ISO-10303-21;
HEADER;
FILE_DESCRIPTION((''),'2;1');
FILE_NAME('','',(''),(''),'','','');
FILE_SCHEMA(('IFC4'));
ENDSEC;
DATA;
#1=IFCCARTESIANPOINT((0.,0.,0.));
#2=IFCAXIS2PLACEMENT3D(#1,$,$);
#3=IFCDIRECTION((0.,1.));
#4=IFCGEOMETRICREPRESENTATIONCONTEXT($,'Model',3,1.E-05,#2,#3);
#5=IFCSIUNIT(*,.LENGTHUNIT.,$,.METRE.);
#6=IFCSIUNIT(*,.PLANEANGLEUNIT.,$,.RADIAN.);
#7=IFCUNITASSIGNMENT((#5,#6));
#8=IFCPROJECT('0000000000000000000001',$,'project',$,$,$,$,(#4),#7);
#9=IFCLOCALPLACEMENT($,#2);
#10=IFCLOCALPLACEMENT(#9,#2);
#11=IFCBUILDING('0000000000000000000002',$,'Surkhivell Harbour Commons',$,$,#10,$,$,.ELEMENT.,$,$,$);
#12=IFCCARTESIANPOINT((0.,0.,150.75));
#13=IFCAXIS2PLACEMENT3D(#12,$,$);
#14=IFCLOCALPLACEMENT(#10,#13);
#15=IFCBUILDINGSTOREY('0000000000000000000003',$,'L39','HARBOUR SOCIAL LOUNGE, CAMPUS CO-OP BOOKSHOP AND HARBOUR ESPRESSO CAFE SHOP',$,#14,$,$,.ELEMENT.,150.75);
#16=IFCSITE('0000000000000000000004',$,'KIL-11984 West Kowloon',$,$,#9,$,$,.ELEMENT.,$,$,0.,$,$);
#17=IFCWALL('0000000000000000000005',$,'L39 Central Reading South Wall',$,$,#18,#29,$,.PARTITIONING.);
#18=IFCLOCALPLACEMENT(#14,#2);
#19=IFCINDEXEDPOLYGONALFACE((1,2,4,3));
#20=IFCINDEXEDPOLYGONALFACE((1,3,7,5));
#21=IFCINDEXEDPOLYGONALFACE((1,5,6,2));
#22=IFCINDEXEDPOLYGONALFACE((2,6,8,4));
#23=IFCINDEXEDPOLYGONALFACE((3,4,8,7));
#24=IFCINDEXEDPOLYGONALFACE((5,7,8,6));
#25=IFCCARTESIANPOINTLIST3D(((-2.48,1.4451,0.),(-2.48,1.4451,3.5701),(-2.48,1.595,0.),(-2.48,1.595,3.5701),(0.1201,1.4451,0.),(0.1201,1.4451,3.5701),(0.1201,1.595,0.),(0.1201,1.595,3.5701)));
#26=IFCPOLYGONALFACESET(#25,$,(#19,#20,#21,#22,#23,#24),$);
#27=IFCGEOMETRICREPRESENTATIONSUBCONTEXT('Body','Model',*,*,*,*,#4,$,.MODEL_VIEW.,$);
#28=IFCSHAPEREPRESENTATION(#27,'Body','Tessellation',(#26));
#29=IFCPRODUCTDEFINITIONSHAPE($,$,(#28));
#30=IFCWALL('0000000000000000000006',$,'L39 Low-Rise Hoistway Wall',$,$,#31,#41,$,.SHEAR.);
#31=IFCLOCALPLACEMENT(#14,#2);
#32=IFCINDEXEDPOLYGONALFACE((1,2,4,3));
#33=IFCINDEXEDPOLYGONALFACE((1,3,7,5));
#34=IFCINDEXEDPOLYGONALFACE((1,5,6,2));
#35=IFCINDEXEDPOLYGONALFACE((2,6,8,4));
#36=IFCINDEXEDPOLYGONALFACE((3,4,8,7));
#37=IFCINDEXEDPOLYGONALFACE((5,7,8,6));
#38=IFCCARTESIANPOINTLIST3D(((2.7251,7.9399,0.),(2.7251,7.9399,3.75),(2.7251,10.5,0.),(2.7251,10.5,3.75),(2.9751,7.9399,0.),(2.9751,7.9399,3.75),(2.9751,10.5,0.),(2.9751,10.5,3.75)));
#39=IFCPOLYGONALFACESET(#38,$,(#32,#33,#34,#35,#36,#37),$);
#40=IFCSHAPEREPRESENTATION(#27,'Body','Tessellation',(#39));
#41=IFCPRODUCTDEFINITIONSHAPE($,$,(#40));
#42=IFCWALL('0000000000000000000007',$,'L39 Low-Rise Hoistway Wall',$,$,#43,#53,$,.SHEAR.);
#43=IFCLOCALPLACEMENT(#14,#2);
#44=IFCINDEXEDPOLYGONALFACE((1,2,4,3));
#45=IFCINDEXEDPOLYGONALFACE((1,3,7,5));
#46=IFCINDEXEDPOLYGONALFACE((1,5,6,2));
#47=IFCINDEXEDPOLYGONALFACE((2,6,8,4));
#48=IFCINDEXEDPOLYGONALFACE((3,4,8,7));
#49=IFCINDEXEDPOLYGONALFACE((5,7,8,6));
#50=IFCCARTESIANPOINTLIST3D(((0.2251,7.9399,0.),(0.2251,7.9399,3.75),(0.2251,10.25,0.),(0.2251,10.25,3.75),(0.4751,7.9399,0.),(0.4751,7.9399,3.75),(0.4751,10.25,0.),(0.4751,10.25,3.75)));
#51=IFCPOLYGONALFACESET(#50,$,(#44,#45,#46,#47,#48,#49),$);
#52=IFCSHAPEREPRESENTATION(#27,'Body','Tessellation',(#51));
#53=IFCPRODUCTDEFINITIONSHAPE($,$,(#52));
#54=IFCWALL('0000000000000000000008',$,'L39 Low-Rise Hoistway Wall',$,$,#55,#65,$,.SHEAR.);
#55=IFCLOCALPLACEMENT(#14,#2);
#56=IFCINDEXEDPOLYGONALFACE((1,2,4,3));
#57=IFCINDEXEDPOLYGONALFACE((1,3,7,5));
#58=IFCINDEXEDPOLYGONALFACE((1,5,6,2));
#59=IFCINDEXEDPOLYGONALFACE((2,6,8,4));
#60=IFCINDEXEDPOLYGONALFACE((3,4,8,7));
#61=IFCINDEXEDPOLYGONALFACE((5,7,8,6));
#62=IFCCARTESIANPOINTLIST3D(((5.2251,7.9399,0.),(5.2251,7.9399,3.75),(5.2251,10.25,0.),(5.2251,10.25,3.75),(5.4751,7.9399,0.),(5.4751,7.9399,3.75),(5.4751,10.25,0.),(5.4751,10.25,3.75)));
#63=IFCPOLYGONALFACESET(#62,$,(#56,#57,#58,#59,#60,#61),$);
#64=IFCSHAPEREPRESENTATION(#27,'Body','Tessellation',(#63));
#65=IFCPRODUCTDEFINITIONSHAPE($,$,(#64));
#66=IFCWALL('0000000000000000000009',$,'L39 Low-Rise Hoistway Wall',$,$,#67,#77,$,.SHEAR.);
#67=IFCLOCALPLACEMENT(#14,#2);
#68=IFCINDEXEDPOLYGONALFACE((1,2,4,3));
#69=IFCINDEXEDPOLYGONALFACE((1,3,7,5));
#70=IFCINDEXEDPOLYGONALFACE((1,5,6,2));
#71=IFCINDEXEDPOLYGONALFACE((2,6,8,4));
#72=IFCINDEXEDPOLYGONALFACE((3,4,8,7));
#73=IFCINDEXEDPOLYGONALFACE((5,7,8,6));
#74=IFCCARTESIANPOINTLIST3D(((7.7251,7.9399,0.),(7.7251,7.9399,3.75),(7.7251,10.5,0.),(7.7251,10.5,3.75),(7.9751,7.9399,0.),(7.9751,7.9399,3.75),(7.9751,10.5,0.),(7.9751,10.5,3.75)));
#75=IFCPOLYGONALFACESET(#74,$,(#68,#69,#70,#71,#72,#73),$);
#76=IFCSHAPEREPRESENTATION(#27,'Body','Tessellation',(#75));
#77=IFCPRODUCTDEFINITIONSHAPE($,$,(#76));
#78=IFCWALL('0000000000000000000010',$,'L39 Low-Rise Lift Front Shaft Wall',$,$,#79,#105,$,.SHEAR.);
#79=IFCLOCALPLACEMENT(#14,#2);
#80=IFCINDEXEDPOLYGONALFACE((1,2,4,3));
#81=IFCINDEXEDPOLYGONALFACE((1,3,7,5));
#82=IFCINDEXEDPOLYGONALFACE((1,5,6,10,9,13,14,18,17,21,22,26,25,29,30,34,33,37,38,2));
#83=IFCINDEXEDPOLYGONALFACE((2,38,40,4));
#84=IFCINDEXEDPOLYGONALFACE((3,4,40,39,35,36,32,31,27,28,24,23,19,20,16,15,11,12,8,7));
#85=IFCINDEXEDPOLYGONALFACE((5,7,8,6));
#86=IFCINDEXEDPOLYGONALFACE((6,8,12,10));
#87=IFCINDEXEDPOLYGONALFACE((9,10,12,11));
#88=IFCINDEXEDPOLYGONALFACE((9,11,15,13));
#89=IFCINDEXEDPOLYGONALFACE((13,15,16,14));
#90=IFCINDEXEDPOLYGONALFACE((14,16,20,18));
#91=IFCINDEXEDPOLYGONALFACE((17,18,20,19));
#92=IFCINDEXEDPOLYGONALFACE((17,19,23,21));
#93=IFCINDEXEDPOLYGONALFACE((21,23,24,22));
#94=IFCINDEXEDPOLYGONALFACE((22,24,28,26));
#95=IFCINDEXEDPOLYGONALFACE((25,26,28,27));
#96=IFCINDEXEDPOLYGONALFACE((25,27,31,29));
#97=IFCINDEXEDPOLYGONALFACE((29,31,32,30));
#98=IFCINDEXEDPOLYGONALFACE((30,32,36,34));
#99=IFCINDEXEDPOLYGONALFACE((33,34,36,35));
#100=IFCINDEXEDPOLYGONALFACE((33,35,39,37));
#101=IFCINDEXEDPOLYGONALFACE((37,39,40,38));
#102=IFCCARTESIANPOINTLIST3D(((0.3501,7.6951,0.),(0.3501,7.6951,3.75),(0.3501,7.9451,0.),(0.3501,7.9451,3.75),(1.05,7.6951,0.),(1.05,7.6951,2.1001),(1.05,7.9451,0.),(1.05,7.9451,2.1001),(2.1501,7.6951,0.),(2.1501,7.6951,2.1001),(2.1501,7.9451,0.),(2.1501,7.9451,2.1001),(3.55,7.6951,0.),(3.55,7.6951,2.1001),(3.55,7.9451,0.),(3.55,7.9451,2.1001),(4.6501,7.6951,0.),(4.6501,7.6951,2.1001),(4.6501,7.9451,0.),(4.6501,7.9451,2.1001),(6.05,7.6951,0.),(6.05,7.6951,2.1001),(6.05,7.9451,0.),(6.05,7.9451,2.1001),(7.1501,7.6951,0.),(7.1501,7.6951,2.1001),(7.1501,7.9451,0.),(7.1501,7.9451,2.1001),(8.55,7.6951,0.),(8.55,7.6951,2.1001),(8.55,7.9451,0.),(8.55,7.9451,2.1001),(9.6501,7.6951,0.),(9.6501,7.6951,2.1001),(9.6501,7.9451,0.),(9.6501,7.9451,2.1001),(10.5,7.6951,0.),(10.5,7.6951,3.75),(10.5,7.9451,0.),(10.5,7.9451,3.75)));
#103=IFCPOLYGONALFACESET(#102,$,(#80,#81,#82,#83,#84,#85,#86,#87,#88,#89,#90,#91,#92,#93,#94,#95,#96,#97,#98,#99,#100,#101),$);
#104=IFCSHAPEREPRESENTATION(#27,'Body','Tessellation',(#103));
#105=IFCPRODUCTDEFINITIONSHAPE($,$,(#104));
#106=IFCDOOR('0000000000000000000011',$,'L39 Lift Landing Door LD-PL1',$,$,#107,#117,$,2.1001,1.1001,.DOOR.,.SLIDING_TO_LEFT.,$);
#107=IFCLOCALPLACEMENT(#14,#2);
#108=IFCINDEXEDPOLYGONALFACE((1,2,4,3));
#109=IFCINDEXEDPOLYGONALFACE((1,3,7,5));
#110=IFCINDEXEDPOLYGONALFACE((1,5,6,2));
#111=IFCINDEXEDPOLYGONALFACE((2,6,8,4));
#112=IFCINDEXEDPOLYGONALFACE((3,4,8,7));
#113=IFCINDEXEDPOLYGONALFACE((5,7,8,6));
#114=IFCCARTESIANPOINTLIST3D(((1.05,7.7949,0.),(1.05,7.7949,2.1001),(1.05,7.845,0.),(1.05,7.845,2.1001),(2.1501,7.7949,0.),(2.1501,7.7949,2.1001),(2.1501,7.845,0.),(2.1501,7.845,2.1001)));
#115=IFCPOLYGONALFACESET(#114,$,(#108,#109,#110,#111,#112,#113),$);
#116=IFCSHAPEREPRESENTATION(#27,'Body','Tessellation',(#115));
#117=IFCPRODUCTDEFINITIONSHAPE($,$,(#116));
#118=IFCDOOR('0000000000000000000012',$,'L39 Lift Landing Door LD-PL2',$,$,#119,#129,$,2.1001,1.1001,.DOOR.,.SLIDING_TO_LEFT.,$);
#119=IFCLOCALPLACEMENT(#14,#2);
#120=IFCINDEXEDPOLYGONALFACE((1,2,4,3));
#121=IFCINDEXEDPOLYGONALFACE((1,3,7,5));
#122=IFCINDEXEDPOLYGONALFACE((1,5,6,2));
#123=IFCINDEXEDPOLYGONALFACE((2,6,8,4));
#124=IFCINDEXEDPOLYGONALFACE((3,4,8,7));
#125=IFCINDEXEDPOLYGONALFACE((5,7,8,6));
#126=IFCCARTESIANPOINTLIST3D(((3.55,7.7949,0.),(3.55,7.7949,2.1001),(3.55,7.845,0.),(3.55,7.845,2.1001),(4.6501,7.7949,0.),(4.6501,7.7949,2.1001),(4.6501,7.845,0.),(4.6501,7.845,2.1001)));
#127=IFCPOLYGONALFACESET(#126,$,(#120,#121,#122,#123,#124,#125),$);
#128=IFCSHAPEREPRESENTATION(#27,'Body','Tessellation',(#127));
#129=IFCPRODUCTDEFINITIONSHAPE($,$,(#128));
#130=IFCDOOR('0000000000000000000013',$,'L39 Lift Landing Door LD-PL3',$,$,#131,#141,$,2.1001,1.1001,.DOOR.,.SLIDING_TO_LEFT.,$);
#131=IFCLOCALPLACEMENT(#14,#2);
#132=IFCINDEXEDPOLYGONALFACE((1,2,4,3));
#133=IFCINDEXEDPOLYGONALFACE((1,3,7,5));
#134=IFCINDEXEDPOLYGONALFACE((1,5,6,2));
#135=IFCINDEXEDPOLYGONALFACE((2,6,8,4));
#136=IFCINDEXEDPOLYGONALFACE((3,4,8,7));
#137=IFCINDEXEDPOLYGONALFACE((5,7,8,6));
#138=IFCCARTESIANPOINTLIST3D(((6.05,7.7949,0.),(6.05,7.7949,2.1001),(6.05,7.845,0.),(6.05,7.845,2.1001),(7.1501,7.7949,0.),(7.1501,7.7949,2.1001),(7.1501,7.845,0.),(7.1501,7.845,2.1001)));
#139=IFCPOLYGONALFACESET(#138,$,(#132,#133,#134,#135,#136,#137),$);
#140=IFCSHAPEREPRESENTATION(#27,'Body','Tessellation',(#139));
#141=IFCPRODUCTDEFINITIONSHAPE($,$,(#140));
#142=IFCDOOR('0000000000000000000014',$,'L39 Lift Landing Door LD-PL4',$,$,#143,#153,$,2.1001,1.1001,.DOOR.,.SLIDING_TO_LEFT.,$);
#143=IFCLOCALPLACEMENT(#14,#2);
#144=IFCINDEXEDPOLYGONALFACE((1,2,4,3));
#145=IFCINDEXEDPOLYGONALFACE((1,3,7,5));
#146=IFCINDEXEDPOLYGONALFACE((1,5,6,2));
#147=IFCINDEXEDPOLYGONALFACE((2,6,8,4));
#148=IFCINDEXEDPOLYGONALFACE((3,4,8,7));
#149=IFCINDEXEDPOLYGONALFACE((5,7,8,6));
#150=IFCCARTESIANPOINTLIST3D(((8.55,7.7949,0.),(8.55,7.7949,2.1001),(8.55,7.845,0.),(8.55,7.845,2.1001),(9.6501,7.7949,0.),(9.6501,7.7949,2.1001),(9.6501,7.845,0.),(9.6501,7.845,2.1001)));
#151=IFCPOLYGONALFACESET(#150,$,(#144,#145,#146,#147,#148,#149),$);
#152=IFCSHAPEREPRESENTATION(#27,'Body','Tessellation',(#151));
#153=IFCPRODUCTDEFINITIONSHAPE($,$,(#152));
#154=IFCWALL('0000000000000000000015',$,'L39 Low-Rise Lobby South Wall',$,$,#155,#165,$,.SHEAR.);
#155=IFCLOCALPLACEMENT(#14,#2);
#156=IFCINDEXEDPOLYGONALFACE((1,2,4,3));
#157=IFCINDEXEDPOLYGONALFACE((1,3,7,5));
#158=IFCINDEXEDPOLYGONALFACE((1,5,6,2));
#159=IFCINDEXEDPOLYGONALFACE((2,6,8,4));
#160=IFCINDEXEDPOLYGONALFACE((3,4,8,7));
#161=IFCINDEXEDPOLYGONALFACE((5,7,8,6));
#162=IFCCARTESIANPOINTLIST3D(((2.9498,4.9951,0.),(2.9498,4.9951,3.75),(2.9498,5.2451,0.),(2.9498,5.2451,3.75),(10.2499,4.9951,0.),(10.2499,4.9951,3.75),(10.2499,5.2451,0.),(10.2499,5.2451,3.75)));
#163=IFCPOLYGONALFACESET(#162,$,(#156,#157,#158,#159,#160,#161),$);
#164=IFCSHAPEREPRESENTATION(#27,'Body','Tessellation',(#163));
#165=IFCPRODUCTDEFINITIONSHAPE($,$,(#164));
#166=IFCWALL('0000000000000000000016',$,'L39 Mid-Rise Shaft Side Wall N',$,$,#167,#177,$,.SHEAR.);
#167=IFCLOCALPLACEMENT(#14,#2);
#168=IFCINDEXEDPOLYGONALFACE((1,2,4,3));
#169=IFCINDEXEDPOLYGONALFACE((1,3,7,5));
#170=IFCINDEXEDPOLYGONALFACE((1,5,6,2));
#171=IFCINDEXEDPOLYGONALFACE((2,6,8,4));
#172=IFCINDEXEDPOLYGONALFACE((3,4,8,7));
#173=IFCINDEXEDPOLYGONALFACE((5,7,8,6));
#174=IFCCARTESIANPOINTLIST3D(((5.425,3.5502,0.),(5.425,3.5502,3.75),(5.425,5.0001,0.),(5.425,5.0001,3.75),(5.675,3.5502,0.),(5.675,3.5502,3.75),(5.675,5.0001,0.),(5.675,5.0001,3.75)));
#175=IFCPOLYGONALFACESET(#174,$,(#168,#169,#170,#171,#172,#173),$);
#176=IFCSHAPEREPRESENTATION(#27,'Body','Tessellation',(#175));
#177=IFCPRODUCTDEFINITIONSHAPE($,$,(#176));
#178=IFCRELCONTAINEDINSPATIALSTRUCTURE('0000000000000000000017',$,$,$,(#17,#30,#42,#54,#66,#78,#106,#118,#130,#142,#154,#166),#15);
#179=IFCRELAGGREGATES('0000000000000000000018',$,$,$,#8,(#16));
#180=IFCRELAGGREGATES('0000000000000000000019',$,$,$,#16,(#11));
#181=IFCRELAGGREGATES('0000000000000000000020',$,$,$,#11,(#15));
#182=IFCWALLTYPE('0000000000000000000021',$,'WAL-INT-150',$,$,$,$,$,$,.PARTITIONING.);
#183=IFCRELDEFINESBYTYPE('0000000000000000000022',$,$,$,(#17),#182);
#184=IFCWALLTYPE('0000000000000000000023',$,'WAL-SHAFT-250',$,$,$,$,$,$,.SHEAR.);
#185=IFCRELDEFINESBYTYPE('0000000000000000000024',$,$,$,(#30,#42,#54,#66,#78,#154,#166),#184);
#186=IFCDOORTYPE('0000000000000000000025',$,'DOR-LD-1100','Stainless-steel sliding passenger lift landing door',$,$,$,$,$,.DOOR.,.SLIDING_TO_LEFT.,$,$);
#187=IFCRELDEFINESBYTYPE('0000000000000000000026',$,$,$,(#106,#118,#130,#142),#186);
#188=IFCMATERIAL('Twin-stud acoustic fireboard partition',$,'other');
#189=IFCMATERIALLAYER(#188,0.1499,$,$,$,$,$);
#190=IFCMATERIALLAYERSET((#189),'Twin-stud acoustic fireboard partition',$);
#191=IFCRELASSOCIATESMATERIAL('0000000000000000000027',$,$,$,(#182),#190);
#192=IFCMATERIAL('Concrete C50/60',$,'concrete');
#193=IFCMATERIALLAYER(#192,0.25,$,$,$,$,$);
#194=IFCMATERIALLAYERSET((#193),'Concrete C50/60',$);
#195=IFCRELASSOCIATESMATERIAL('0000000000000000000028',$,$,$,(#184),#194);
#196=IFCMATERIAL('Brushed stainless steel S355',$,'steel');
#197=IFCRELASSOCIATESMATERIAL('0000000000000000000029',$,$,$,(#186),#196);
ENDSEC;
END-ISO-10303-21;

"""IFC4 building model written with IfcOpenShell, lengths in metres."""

from ifc_helpers import new_model, si_unit, direction, frame, frame_2d, origin, place, context, subcontext, project, spatial, rectangle, extrude, material, layer, layer_set, type_object, element, fill, save


model = new_model("IFC4")

# Units and contexts
model_context = context("Model", 3, precision=1e-05, world=origin(), true_north=direction((0.0, 1.0)))
body_context = subcontext(model_context, "Body", "Model", "MODEL_VIEW")
ifc_project = project(units=[si_unit("LENGTHUNIT", "METRE"), si_unit("PLANEANGLEUNIT", "RADIAN")], contexts=[model_context])

# Site, building, storey
site_placement = place(None, origin())
site = spatial("IfcSite", under=ifc_project, at=site_placement, Name="KIL-11984 West Kowloon", CompositionType="ELEMENT", RefElevation=0.0)
building_placement = place(site_placement, origin())
building = spatial("IfcBuilding", under=site, at=building_placement, Name="Surkhivell Harbour Commons", CompositionType="ELEMENT")
storey_placement = place(building_placement, frame((0.0, 0.0, 150.75)))
storey = spatial("IfcBuildingStorey", under=building, at=storey_placement, Name="L39", Description="HARBOUR SOCIAL LOUNGE, CAMPUS CO-OP BOOKSHOP AND HARBOUR ESPRESSO CAFE SHOP", CompositionType="ELEMENT", Elevation=150.75)

# Shared definitions
ifc_material_1 = material(Name="Twin-stud acoustic fireboard partition", Category="other")
ifc_layer_1 = layer(ifc_material_1, 0.1499)
ifc_layer_set_1 = layer_set([ifc_layer_1], Name="Twin-stud acoustic fireboard partition")
wall_type_1 = type_object("IfcWallType", Name="WAL-INT-150", PredefinedType="PARTITIONING", material=ifc_layer_set_1)

# Walls
for number, where, z_axis, x_axis, name in (
    (1, (-2.48, 1.52, 0.0), (0.0, 0.0, 1.0), (1.0, 0.0, 0.0), "L39 Central Reading South Wall"),
):
    element("IfcWall", number, at=place(storey_placement, frame(where, z_axis=z_axis, x_axis=x_axis)), inside=storey, type_object=wall_type_1, Name=name, PredefinedType="PARTITIONING", context=body_context, shape_type="SweptSolid", body=[
        extrude(rectangle(XDim=2.6001, YDim=0.1499, at=frame_2d((1.3, 0.0))), origin(), (0.0, 0.0, 1.0), 3.5701),
    ])
ifc_material_2 = material(Name="Concrete C50/60", Category="concrete")
ifc_layer_2 = layer(ifc_material_2, 0.25)
ifc_layer_set_2 = layer_set([ifc_layer_2], Name="Concrete C50/60")
wall_type_2 = type_object("IfcWallType", Name="WAL-SHAFT-250", PredefinedType="SHEAR", material=ifc_layer_set_2)
wall_1_placement = place(storey_placement, frame((2.8501, 7.9399, 0.0), z_axis=(0.0, 0.0, 1.0), x_axis=(0.0, 1.0, 0.0)))
element("IfcWall", 2, at=wall_1_placement, inside=storey, type_object=wall_type_2, Name="L39 Low-Rise Hoistway Wall", PredefinedType="SHEAR", context=body_context, shape_type="SweptSolid", body=[
    extrude(rectangle(XDim=2.5601, YDim=0.25, at=frame_2d((1.28, 0.0))), origin(), (0.0, 0.0, 1.0), 3.75),
])
for number, where, z_axis, x_axis, name in (
    (3, (0.3501, 7.9399, 0.0), (0.0, 0.0, 1.0), (0.0, 1.0, 0.0), "L39 Low-Rise Hoistway Wall"),
    (4, (5.3501, 7.9399, 0.0), (0.0, 0.0, 1.0), (0.0, 1.0, 0.0), "L39 Low-Rise Hoistway Wall"),
):
    element("IfcWall", number, at=place(storey_placement, frame(where, z_axis=z_axis, x_axis=x_axis)), inside=storey, type_object=wall_type_2, Name=name, PredefinedType="SHEAR", context=body_context, shape_type="SweptSolid", body=[
        extrude(rectangle(XDim=2.3101, YDim=0.25, at=frame_2d((1.155, 0.0))), origin(), (0.0, 0.0, 1.0), 3.75),
    ])
wall_2_placement = place(storey_placement, frame((7.8501, 7.9399, 0.0), z_axis=(0.0, 0.0, 1.0), x_axis=(0.0, 1.0, 0.0)))
element("IfcWall", 5, at=wall_2_placement, inside=storey, type_object=wall_type_2, Name="L39 Low-Rise Hoistway Wall", PredefinedType="SHEAR", context=body_context, shape_type="SweptSolid", body=[
    extrude(rectangle(XDim=2.5601, YDim=0.25, at=frame_2d((1.28, 0.0))), origin(), (0.0, 0.0, 1.0), 3.75),
])

# Wall, openings, doors
wall_3_placement = place(storey_placement, frame((0.3501, 7.8201, 0.0), z_axis=(0.0, 0.0, 1.0), x_axis=(1.0, 0.0, 0.0)))
wall_3 = element("IfcWall", 6, at=wall_3_placement, inside=storey, type_object=wall_type_2, Name="L39 Low-Rise Lift Front Shaft Wall", PredefinedType="SHEAR", context=body_context, shape_type="SweptSolid", body=[
    extrude(rectangle(XDim=10.1499, YDim=0.25, at=frame_2d((5.075, 0.0))), origin(), (0.0, 0.0, 1.0), 3.75),
])
opening_1_placement = place(wall_3_placement, frame((0.7, 0.0, 0.0)))
opening_1 = element("IfcOpeningElement", 7, at=opening_1_placement, cuts=wall_3, PredefinedType="OPENING", context=body_context, shape_type="SweptSolid", body=[
    extrude(rectangle(XDim=1.1001, YDim=2.1001, at=frame_2d((0.55, 1.05))), frame((0.0, 0.135, 0.0), z_axis=(0.0, -1.0, 0.0), x_axis=(1.0, 0.0, 0.0)), (0.0, 0.0, 1.0), 0.27),
])
opening_2_placement = place(wall_3_placement, frame((3.2, 0.0, 0.0)))
opening_2 = element("IfcOpeningElement", 8, at=opening_2_placement, cuts=wall_3, PredefinedType="OPENING", context=body_context, shape_type="SweptSolid", body=[
    extrude(rectangle(XDim=1.1001, YDim=2.1001, at=frame_2d((0.55, 1.05))), frame((0.0, 0.135, 0.0), z_axis=(0.0, -1.0, 0.0), x_axis=(1.0, 0.0, 0.0)), (0.0, 0.0, 1.0), 0.27),
])
opening_3_placement = place(wall_3_placement, frame((5.7, 0.0, 0.0)))
opening_3 = element("IfcOpeningElement", 9, at=opening_3_placement, cuts=wall_3, PredefinedType="OPENING", context=body_context, shape_type="SweptSolid", body=[
    extrude(rectangle(XDim=1.1001, YDim=2.1001, at=frame_2d((0.55, 1.05))), frame((0.0, 0.135, 0.0), z_axis=(0.0, -1.0, 0.0), x_axis=(1.0, 0.0, 0.0)), (0.0, 0.0, 1.0), 0.27),
])
opening_4_placement = place(wall_3_placement, frame((8.2, 0.0, 0.0)))
opening_4 = element("IfcOpeningElement", 10, at=opening_4_placement, cuts=wall_3, PredefinedType="OPENING", context=body_context, shape_type="SweptSolid", body=[
    extrude(rectangle(XDim=1.1001, YDim=2.1001, at=frame_2d((0.55, 1.05))), frame((0.0, 0.135, 0.0), z_axis=(0.0, -1.0, 0.0), x_axis=(1.0, 0.0, 0.0)), (0.0, 0.0, 1.0), 0.27),
])
ifc_material_3 = material(Name="Brushed stainless steel S355", Category="steel")
door_type_1 = type_object("IfcDoorType", Name="DOR-LD-1100", Description="Stainless-steel sliding passenger lift landing door", OperationType="SLIDING_TO_LEFT", PredefinedType="DOOR", material=ifc_material_3)
door_1_placement = place(opening_1_placement, origin())
door_1 = element("IfcDoor", 11, at=door_1_placement, inside=storey, type_object=door_type_1, Name="L39 Lift Landing Door LD-PL1", OperationType="SLIDING_TO_LEFT", OverallHeight=2.1001, OverallWidth=1.1001, PredefinedType="DOOR", context=body_context, shape_type="SweptSolid", body=[
    extrude(rectangle(XDim=1.1001, YDim=2.1001, at=frame_2d((0.55, 1.05))), frame((0.0, 0.0249, 0.0), z_axis=(0.0, -1.0, 0.0), x_axis=(1.0, 0.0, 0.0)), (0.0, 0.0, 1.0), 0.05),
])
fill(opening_1, door_1)
door_2_placement = place(opening_2_placement, origin())
door_2 = element("IfcDoor", 12, at=door_2_placement, inside=storey, type_object=door_type_1, Name="L39 Lift Landing Door LD-PL2", OperationType="SLIDING_TO_LEFT", OverallHeight=2.1001, OverallWidth=1.1001, PredefinedType="DOOR", context=body_context, shape_type="SweptSolid", body=[
    extrude(rectangle(XDim=1.1001, YDim=2.1001, at=frame_2d((0.55, 1.05))), frame((0.0, 0.0249, 0.0), z_axis=(0.0, -1.0, 0.0), x_axis=(1.0, 0.0, 0.0)), (0.0, 0.0, 1.0), 0.05),
])
fill(opening_2, door_2)
door_3_placement = place(opening_3_placement, origin())
door_3 = element("IfcDoor", 13, at=door_3_placement, inside=storey, type_object=door_type_1, Name="L39 Lift Landing Door LD-PL3", OperationType="SLIDING_TO_LEFT", OverallHeight=2.1001, OverallWidth=1.1001, PredefinedType="DOOR", context=body_context, shape_type="SweptSolid", body=[
    extrude(rectangle(XDim=1.1001, YDim=2.1001, at=frame_2d((0.55, 1.05))), frame((0.0, 0.0249, 0.0), z_axis=(0.0, -1.0, 0.0), x_axis=(1.0, 0.0, 0.0)), (0.0, 0.0, 1.0), 0.05),
])
fill(opening_3, door_3)
door_4_placement = place(opening_4_placement, origin())
door_4 = element("IfcDoor", 14, at=door_4_placement, inside=storey, type_object=door_type_1, Name="L39 Lift Landing Door LD-PL4", OperationType="SLIDING_TO_LEFT", OverallHeight=2.1001, OverallWidth=1.1001, PredefinedType="DOOR", context=body_context, shape_type="SweptSolid", body=[
    extrude(rectangle(XDim=1.1001, YDim=2.1001, at=frame_2d((0.55, 1.05))), frame((0.0, 0.0249, 0.0), z_axis=(0.0, -1.0, 0.0), x_axis=(1.0, 0.0, 0.0)), (0.0, 0.0, 1.0), 0.05),
])
fill(opening_4, door_4)

# Walls
wall_4_placement = place(storey_placement, frame((2.95, 5.1201, 0.0), z_axis=(0.0, 0.0, 1.0), x_axis=(1.0, 0.0, 0.0)))
element("IfcWall", 15, at=wall_4_placement, inside=storey, type_object=wall_type_2, Name="L39 Low-Rise Lobby South Wall", PredefinedType="SHEAR", context=body_context, shape_type="SweptSolid", body=[
    extrude(rectangle(XDim=7.3, YDim=0.25, at=frame_2d((3.6499, 0.0))), origin(), (0.0, 0.0, 1.0), 3.75),
])
for number, where, z_axis, x_axis, name in (
    (16, (5.55, 3.55, 0.0), (0.0, 0.0, 1.0), (0.0, 1.0, 0.0), "L39 Mid-Rise Shaft Side Wall N"),
):
    element("IfcWall", number, at=place(storey_placement, frame(where, z_axis=z_axis, x_axis=x_axis)), inside=storey, type_object=wall_type_2, Name=name, PredefinedType="SHEAR", context=body_context, shape_type="SweptSolid", body=[
        extrude(rectangle(XDim=1.45, YDim=0.25, at=frame_2d((0.7251, 0.0))), origin(), (0.0, 0.0, 1.0), 3.75),
    ])

save(model, "model.ifc")
